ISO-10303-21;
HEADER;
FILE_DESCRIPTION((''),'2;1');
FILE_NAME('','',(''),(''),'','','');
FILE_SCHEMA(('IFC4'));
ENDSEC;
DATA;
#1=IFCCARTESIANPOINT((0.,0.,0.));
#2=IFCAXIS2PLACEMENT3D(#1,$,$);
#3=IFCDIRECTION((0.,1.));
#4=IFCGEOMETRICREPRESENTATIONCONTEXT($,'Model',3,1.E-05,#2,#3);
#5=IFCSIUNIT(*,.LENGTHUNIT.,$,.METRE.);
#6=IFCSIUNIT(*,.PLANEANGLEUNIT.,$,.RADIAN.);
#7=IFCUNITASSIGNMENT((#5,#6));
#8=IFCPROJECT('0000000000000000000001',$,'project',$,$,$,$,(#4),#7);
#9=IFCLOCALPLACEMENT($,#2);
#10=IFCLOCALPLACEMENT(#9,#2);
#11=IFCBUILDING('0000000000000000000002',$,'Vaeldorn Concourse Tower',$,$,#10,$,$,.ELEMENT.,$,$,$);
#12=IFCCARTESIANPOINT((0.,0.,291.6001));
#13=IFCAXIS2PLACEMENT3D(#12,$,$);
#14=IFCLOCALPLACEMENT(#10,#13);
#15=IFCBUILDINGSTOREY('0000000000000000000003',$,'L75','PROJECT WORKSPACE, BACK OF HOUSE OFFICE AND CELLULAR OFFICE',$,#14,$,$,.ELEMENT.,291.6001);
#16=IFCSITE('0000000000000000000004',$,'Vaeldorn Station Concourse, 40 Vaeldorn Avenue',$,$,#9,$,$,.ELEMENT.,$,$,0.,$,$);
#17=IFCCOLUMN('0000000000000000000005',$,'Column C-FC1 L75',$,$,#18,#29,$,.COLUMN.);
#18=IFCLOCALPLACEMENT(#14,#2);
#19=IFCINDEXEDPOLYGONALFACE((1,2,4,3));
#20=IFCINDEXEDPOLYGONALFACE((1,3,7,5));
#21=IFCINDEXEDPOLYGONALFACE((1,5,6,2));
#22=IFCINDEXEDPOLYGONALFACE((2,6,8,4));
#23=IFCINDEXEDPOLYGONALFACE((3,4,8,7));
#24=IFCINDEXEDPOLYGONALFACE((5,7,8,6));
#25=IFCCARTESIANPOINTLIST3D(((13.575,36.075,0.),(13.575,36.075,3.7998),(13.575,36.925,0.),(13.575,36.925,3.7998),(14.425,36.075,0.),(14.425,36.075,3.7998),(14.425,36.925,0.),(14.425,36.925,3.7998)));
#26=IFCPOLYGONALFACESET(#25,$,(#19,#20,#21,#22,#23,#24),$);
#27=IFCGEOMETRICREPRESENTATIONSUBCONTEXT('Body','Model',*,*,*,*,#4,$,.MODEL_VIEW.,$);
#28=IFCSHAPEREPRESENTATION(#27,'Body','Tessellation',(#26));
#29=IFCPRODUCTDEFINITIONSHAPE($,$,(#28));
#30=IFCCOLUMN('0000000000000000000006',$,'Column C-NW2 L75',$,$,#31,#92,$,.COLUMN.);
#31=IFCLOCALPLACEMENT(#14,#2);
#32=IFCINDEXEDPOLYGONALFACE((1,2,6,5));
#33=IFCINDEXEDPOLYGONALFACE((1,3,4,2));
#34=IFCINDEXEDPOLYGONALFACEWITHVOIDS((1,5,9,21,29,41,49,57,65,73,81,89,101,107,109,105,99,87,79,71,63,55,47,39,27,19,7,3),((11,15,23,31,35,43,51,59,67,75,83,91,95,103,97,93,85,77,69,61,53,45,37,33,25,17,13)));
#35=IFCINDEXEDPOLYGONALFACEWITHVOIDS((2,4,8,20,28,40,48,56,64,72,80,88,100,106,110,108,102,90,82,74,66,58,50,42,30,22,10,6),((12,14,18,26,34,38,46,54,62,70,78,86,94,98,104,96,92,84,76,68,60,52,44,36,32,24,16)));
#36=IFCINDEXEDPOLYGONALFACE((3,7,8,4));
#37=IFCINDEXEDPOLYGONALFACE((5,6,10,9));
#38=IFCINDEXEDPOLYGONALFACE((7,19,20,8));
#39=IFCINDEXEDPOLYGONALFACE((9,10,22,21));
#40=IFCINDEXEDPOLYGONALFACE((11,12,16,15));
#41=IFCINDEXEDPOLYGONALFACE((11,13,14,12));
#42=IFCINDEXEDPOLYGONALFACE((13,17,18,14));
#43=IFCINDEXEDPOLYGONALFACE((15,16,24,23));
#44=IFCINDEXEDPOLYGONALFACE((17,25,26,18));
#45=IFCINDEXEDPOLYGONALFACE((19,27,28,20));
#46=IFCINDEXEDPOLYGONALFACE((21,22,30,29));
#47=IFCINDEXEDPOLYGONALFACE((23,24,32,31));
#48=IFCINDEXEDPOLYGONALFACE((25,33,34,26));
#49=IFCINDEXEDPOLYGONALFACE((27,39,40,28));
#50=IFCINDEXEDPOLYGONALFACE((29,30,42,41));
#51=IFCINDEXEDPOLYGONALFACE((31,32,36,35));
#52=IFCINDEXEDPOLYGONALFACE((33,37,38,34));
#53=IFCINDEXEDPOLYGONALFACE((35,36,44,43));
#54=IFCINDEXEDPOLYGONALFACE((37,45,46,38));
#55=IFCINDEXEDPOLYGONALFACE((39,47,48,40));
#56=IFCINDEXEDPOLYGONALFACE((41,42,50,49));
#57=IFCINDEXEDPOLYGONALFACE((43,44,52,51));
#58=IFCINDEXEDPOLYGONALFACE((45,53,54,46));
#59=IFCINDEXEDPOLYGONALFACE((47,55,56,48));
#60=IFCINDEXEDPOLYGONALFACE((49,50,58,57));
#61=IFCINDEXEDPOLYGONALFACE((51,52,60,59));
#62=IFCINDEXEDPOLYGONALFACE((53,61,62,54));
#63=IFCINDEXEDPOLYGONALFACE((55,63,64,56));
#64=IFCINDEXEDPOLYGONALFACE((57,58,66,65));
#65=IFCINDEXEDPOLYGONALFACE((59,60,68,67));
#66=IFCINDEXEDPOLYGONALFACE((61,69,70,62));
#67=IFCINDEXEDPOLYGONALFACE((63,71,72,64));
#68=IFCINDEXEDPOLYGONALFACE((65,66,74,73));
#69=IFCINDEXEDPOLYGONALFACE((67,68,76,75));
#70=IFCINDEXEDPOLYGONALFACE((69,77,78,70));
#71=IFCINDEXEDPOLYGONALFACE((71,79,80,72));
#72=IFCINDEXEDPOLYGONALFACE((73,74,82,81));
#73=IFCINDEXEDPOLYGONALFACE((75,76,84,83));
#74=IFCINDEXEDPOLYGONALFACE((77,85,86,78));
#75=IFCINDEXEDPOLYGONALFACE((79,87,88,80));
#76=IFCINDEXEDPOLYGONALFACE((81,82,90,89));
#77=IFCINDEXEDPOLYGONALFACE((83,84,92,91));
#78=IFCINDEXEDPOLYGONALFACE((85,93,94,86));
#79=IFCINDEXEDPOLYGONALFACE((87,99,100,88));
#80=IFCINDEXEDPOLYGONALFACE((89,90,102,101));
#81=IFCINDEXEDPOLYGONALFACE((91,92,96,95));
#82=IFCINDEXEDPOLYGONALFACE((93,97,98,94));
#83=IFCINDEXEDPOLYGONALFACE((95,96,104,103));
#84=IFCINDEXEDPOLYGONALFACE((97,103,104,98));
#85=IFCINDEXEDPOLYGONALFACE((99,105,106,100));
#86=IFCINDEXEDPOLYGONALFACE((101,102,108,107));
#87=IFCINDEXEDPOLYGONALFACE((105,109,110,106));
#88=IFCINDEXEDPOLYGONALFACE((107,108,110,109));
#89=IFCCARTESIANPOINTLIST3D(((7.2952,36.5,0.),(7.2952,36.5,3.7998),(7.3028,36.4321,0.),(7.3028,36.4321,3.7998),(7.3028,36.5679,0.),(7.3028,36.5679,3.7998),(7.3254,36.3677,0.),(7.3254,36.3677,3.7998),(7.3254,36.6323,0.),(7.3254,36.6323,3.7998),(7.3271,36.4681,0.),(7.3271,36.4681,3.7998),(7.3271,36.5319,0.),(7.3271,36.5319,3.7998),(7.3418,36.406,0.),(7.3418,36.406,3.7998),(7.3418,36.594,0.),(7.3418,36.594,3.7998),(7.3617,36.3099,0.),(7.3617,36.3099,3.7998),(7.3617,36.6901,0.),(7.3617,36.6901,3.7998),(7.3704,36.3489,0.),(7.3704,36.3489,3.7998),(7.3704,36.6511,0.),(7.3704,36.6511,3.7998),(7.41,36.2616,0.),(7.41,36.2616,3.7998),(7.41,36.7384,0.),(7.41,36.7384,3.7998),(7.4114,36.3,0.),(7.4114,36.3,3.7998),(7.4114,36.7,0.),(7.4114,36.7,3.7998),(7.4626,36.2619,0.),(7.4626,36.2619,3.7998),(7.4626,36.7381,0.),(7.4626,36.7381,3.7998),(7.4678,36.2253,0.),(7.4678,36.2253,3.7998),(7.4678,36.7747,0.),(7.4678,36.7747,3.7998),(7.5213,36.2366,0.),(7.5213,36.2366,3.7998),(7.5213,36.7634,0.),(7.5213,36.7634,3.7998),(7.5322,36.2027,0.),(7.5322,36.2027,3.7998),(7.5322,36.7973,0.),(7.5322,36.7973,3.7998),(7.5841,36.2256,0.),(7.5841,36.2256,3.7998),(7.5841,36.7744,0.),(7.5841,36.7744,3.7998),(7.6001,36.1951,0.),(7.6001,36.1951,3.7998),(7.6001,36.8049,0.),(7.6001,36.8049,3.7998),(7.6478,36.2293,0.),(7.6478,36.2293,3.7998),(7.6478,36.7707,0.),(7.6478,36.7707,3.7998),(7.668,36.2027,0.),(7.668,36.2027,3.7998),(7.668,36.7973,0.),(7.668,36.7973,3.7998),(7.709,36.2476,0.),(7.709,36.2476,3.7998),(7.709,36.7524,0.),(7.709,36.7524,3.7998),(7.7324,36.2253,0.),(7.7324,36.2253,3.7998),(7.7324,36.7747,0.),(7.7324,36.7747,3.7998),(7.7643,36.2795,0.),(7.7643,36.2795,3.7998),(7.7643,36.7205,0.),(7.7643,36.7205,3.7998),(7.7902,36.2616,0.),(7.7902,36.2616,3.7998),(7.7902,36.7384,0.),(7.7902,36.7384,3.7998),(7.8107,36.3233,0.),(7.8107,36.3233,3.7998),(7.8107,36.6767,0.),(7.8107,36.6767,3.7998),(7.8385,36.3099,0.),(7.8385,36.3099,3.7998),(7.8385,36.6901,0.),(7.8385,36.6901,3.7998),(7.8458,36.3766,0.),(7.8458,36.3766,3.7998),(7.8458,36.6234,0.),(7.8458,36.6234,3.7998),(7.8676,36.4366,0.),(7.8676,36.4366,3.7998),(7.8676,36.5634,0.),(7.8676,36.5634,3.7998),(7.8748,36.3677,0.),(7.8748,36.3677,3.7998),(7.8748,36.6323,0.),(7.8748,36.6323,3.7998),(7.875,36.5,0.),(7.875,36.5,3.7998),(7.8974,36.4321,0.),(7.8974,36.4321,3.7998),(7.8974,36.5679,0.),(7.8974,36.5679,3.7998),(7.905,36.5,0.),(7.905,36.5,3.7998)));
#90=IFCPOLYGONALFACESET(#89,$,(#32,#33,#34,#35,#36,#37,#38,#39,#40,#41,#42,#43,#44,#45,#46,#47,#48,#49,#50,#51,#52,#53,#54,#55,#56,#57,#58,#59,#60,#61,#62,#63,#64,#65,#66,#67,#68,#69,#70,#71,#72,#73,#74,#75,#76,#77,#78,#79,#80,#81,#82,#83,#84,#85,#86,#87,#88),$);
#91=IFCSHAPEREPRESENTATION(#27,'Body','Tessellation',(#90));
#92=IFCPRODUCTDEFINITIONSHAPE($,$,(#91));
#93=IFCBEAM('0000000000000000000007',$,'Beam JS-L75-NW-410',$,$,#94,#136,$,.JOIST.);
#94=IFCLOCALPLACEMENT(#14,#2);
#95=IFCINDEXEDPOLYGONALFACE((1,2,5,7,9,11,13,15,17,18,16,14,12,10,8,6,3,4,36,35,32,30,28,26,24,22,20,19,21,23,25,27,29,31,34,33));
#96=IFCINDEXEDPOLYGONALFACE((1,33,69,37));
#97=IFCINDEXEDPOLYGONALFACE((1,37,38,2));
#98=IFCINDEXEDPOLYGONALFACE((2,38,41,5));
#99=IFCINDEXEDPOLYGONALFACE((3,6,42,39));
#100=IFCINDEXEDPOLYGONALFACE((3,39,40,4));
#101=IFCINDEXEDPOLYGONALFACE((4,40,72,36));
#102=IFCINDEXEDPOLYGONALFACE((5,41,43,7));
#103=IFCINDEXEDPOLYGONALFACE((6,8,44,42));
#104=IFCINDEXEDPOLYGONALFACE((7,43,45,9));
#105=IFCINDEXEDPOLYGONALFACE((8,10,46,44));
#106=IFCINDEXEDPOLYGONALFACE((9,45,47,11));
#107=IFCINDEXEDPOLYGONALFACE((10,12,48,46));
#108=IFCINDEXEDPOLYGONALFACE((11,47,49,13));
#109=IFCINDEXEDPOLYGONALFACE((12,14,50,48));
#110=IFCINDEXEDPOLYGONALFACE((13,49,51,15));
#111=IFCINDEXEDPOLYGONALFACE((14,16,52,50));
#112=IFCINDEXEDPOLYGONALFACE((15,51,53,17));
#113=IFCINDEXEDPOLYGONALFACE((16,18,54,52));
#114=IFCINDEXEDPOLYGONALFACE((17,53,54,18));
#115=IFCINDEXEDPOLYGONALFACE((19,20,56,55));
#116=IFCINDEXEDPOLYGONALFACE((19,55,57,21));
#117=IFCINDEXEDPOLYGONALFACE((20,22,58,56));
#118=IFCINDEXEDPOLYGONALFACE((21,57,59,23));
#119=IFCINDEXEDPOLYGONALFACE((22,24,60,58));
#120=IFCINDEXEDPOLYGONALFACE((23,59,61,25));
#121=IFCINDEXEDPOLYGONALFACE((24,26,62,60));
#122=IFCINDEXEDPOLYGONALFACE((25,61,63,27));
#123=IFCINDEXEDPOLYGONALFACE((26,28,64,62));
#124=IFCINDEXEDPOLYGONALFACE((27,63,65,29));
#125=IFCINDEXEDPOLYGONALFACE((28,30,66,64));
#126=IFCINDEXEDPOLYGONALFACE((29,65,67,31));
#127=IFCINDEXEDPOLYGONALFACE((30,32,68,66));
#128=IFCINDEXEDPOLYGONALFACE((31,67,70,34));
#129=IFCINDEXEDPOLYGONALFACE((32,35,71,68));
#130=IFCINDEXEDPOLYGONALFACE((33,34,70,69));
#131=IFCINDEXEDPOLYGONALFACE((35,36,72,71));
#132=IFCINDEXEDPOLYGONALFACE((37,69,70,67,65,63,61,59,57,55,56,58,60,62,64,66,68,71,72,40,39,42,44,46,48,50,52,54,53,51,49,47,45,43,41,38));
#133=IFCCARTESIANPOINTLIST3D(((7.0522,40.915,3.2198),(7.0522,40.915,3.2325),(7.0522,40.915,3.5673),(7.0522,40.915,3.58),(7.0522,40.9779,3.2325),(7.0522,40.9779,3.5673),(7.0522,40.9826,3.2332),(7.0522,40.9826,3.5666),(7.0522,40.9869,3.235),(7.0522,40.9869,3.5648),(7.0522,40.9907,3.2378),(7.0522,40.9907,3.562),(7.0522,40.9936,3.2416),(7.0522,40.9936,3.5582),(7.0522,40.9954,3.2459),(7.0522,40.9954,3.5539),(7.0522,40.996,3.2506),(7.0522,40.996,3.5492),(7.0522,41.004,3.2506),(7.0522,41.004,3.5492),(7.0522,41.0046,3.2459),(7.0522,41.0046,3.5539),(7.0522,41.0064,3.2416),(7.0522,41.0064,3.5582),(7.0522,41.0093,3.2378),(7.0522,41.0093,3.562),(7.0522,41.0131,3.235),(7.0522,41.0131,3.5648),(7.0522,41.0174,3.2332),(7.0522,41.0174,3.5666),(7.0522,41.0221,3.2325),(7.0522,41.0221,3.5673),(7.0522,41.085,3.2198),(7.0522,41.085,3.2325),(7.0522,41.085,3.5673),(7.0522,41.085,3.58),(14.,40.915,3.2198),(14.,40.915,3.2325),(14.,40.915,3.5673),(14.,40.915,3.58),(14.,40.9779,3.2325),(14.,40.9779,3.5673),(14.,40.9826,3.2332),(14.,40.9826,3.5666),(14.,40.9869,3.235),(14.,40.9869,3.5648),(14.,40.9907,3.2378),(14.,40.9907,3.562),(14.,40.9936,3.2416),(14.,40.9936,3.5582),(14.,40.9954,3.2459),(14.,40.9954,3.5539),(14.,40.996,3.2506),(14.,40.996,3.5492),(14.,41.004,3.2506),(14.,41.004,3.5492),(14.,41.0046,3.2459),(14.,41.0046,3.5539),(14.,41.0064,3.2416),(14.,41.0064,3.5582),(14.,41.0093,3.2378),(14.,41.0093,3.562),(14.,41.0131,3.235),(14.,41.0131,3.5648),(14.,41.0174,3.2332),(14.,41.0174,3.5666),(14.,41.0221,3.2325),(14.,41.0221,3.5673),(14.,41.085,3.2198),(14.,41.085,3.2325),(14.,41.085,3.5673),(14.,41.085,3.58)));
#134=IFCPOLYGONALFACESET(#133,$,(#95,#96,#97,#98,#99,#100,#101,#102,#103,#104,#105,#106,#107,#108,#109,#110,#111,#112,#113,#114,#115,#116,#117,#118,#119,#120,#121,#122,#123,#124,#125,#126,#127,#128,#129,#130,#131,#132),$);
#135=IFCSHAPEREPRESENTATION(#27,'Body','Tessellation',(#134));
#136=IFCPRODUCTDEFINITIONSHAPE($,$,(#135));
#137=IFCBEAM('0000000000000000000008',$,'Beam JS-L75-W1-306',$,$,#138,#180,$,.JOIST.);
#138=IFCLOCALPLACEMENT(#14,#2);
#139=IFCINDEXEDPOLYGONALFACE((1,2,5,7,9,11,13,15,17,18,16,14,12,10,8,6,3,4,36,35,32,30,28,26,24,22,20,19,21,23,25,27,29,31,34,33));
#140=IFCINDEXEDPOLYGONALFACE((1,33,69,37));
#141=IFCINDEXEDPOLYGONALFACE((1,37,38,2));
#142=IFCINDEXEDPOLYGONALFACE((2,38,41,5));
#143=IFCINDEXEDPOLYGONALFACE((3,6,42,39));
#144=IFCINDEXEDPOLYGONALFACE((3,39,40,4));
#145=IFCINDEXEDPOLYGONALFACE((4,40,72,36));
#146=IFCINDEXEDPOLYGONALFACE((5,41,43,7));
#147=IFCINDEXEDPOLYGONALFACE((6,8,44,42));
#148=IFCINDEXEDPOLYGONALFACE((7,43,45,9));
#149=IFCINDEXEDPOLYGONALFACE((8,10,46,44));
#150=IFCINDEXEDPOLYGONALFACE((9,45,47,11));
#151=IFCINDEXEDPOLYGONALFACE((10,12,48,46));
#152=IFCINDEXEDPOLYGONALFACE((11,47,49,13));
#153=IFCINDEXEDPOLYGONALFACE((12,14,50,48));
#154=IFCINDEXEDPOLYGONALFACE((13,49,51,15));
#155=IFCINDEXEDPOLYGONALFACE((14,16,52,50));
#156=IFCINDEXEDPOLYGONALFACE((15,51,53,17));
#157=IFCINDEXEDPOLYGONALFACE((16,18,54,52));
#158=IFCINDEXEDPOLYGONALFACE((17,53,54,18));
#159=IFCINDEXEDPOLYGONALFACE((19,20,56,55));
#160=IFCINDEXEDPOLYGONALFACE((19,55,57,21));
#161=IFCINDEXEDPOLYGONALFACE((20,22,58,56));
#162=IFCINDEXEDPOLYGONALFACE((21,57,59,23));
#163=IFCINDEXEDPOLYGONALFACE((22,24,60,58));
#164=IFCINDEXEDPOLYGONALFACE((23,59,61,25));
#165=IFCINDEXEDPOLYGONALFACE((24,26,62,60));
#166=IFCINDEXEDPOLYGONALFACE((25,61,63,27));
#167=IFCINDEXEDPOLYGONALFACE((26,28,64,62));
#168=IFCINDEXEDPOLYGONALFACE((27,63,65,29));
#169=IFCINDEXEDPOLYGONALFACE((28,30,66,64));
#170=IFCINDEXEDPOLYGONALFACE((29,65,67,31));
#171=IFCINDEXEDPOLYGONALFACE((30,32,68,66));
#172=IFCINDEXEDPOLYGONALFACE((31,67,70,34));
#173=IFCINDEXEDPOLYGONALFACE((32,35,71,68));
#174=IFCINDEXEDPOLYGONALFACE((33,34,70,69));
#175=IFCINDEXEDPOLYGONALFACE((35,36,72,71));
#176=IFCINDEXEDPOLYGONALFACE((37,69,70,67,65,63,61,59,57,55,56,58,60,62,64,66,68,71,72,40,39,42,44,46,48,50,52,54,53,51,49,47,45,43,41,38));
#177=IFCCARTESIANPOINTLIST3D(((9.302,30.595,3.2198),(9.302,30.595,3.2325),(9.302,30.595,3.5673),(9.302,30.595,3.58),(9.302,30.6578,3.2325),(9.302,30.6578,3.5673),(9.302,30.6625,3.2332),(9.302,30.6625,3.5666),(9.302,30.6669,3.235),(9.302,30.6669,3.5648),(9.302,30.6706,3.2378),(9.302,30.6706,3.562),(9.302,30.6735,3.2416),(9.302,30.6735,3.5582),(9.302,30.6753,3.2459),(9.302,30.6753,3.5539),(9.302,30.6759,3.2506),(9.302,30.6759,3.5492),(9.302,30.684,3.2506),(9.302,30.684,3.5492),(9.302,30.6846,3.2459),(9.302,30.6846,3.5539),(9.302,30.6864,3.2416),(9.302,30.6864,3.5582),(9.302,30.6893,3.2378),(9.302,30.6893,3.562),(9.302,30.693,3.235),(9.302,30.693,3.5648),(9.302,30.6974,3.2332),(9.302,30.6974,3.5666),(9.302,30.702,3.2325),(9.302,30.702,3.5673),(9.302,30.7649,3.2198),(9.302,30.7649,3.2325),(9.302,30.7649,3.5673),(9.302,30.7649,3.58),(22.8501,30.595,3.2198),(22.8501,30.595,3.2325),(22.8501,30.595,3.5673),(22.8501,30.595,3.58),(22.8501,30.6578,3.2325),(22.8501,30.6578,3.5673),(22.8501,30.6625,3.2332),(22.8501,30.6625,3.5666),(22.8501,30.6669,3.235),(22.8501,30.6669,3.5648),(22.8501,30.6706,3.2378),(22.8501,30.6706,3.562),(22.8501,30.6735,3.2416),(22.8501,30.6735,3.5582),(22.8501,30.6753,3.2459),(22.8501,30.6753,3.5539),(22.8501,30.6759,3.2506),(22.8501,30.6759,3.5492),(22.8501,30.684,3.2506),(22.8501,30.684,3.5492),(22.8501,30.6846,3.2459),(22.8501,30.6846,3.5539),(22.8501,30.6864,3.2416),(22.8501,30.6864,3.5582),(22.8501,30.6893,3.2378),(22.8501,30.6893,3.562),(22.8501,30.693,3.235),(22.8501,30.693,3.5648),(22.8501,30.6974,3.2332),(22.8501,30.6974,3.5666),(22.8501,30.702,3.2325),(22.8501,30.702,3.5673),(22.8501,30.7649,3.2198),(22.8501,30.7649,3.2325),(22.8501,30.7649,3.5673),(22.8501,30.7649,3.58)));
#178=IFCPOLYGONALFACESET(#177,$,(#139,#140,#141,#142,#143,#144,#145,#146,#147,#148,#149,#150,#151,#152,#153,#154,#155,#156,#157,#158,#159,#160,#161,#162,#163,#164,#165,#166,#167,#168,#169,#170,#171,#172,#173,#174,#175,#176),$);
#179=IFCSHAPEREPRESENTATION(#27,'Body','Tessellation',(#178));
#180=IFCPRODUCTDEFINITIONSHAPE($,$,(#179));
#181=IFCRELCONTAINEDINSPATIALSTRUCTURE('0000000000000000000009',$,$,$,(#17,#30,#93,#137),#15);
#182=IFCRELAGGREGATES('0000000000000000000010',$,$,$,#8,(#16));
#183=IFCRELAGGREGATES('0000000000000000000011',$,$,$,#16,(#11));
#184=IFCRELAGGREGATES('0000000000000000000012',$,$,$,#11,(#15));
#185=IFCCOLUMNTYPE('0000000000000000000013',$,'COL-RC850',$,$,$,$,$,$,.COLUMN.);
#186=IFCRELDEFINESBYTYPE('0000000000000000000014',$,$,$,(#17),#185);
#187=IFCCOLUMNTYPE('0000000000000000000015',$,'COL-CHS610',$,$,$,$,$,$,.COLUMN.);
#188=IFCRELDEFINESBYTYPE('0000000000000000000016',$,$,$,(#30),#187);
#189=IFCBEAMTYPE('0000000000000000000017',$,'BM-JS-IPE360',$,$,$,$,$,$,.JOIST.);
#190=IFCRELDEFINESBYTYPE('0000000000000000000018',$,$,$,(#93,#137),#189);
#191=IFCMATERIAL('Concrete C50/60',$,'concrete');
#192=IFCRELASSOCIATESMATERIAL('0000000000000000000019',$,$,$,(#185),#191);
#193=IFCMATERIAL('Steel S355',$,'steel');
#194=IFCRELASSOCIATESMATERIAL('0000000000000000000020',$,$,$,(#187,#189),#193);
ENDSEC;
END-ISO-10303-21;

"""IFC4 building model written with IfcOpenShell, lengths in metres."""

from ifc_helpers import new_model, si_unit, direction, frame, origin, origin_2d, place, context, subcontext, project, spatial, rectangle, hollow_circle, i_section, extrude, source, transform, mapped, material, material_profile, profile_set, type_object, element, save


model = new_model("IFC4")

# Units and contexts
model_context = context("Model", 3, precision=1e-05, world=origin(), true_north=direction((0.0, 1.0)))
body_context = subcontext(model_context, "Body", "Model", "MODEL_VIEW")
ifc_project = project(units=[si_unit("LENGTHUNIT", "METRE"), si_unit("PLANEANGLEUNIT", "RADIAN")], contexts=[model_context])

# Site, building, storey
site_placement = place(None, origin())
site = spatial("IfcSite", under=ifc_project, at=site_placement, Name="Vaeldorn Station Concourse, 40 Vaeldorn Avenue", CompositionType="ELEMENT", RefElevation=0.0)
building_placement = place(site_placement, origin())
building = spatial("IfcBuilding", under=site, at=building_placement, Name="Vaeldorn Concourse Tower", CompositionType="ELEMENT")
storey_placement = place(building_placement, frame((0.0, 0.0, 291.6001)))
storey = spatial("IfcBuildingStorey", under=building, at=storey_placement, Name="L75", Description="PROJECT WORKSPACE, BACK OF HOUSE OFFICE AND CELLULAR OFFICE", CompositionType="ELEMENT", Elevation=291.6001)

# Columns
ifc_material_1 = material(Name="Concrete C50/60", Category="concrete")
ifc_material_profile_1 = material_profile(ifc_material_1, rectangle(XDim=0.8501, YDim=0.8501, at=origin_2d()), Name="RC 850x850")
ifc_profile_set_1 = profile_set([ifc_material_profile_1], Name="Concrete C50/60")
column_type_1 = type_object("IfcColumnType", Name="COL-RC850", PredefinedType="COLUMN", material=ifc_profile_set_1)
shared_shape_1 = source(origin(), body_context, "Body", "SweptSolid", [
    extrude(rectangle(XDim=0.8501, YDim=0.8501, at=origin_2d()), origin(), (0.0, 0.0, 1.0), 3.7998),
])
column_1_placement = place(storey_placement, frame((14.0, 36.5, 0.0), z_axis=(0.0, 0.0, 1.0), x_axis=(1.0, 0.0, 0.0)))
element("IfcColumn", 1, at=column_1_placement, inside=storey, type_object=column_type_1, Name="Column C-FC1 L75", PredefinedType="COLUMN", context=body_context, shape_type="MappedRepresentation", body=[
    mapped(shared_shape_1, transform((0.0, 0.0, 0.0), scale=1.0)),
])
ifc_material_2 = material(Name="Steel S355", Category="steel")
ifc_material_profile_2 = material_profile(ifc_material_2, hollow_circle(Radius=0.3049, WallThickness=0.03, at=origin_2d()), Name="CHS 610x30")
ifc_profile_set_2 = profile_set([ifc_material_profile_2], Name="Steel S355")
column_type_2 = type_object("IfcColumnType", Name="COL-CHS610", PredefinedType="COLUMN", material=ifc_profile_set_2)
shared_shape_2 = source(origin(), body_context, "Body", "SweptSolid", [
    extrude(hollow_circle(Radius=0.3049, WallThickness=0.03, at=origin_2d()), origin(), (0.0, 0.0, 1.0), 3.7998),
])
column_2_placement = place(storey_placement, frame((7.6001, 36.5, 0.0), z_axis=(0.0, 0.0, 1.0), x_axis=(1.0, 0.0, 0.0)))
element("IfcColumn", 2, at=column_2_placement, inside=storey, type_object=column_type_2, Name="Column C-NW2 L75", PredefinedType="COLUMN", context=body_context, shape_type="MappedRepresentation", body=[
    mapped(shared_shape_2, transform((0.0, 0.0, 0.0), scale=1.0)),
])

# Beams
ifc_material_profile_3 = material_profile(ifc_material_2, i_section(OverallWidth=0.1699, OverallDepth=0.3601, WebThickness=0.0081, FlangeThickness=0.0127, FilletRadius=0.0181, at=origin_2d()), Name="IPE 360")
ifc_profile_set_3 = profile_set([ifc_material_profile_3], Name="Steel S355")
beam_type_1 = type_object("IfcBeamType", Name="BM-JS-IPE360", PredefinedType="JOIST", material=ifc_profile_set_3)
shared_shape_3 = source(origin(), body_context, "Body", "SweptSolid", [
    extrude(i_section(OverallWidth=0.1699, OverallDepth=0.3601, WebThickness=0.0081, FlangeThickness=0.0127, FilletRadius=0.0181, at=origin_2d()), origin(), (0.0, 0.0, 1.0), 6.9478),
])
beam_1_placement = place(storey_placement, frame((7.0522, 41.0, 3.3999), z_axis=(1.0, 0.0, 0.0), x_axis=(0.0, 1.0, 0.0)))
element("IfcBeam", 3, at=beam_1_placement, inside=storey, type_object=beam_type_1, Name="Beam JS-L75-NW-410", PredefinedType="JOIST", context=body_context, shape_type="MappedRepresentation", body=[
    mapped(shared_shape_3, transform((0.0, 0.0, 0.0), scale=1.0)),
])
shared_shape_4 = source(origin(), body_context, "Body", "SweptSolid", [
    extrude(i_section(OverallWidth=0.1699, OverallDepth=0.3601, WebThickness=0.0081, FlangeThickness=0.0127, FilletRadius=0.0181, at=origin_2d()), origin(), (0.0, 0.0, 1.0), 13.5481),
])
beam_2_placement = place(storey_placement, frame((9.302, 30.6799, 3.3999), z_axis=(1.0, 0.0, 0.0), x_axis=(0.0, 1.0, 0.0)))
element("IfcBeam", 4, at=beam_2_placement, inside=storey, type_object=beam_type_1, Name="Beam JS-L75-W1-306", PredefinedType="JOIST", context=body_context, shape_type="MappedRepresentation", body=[
    mapped(shared_shape_4, transform((0.0, 0.0, 0.0), scale=1.0)),
])

save(model, "model.ifc")
